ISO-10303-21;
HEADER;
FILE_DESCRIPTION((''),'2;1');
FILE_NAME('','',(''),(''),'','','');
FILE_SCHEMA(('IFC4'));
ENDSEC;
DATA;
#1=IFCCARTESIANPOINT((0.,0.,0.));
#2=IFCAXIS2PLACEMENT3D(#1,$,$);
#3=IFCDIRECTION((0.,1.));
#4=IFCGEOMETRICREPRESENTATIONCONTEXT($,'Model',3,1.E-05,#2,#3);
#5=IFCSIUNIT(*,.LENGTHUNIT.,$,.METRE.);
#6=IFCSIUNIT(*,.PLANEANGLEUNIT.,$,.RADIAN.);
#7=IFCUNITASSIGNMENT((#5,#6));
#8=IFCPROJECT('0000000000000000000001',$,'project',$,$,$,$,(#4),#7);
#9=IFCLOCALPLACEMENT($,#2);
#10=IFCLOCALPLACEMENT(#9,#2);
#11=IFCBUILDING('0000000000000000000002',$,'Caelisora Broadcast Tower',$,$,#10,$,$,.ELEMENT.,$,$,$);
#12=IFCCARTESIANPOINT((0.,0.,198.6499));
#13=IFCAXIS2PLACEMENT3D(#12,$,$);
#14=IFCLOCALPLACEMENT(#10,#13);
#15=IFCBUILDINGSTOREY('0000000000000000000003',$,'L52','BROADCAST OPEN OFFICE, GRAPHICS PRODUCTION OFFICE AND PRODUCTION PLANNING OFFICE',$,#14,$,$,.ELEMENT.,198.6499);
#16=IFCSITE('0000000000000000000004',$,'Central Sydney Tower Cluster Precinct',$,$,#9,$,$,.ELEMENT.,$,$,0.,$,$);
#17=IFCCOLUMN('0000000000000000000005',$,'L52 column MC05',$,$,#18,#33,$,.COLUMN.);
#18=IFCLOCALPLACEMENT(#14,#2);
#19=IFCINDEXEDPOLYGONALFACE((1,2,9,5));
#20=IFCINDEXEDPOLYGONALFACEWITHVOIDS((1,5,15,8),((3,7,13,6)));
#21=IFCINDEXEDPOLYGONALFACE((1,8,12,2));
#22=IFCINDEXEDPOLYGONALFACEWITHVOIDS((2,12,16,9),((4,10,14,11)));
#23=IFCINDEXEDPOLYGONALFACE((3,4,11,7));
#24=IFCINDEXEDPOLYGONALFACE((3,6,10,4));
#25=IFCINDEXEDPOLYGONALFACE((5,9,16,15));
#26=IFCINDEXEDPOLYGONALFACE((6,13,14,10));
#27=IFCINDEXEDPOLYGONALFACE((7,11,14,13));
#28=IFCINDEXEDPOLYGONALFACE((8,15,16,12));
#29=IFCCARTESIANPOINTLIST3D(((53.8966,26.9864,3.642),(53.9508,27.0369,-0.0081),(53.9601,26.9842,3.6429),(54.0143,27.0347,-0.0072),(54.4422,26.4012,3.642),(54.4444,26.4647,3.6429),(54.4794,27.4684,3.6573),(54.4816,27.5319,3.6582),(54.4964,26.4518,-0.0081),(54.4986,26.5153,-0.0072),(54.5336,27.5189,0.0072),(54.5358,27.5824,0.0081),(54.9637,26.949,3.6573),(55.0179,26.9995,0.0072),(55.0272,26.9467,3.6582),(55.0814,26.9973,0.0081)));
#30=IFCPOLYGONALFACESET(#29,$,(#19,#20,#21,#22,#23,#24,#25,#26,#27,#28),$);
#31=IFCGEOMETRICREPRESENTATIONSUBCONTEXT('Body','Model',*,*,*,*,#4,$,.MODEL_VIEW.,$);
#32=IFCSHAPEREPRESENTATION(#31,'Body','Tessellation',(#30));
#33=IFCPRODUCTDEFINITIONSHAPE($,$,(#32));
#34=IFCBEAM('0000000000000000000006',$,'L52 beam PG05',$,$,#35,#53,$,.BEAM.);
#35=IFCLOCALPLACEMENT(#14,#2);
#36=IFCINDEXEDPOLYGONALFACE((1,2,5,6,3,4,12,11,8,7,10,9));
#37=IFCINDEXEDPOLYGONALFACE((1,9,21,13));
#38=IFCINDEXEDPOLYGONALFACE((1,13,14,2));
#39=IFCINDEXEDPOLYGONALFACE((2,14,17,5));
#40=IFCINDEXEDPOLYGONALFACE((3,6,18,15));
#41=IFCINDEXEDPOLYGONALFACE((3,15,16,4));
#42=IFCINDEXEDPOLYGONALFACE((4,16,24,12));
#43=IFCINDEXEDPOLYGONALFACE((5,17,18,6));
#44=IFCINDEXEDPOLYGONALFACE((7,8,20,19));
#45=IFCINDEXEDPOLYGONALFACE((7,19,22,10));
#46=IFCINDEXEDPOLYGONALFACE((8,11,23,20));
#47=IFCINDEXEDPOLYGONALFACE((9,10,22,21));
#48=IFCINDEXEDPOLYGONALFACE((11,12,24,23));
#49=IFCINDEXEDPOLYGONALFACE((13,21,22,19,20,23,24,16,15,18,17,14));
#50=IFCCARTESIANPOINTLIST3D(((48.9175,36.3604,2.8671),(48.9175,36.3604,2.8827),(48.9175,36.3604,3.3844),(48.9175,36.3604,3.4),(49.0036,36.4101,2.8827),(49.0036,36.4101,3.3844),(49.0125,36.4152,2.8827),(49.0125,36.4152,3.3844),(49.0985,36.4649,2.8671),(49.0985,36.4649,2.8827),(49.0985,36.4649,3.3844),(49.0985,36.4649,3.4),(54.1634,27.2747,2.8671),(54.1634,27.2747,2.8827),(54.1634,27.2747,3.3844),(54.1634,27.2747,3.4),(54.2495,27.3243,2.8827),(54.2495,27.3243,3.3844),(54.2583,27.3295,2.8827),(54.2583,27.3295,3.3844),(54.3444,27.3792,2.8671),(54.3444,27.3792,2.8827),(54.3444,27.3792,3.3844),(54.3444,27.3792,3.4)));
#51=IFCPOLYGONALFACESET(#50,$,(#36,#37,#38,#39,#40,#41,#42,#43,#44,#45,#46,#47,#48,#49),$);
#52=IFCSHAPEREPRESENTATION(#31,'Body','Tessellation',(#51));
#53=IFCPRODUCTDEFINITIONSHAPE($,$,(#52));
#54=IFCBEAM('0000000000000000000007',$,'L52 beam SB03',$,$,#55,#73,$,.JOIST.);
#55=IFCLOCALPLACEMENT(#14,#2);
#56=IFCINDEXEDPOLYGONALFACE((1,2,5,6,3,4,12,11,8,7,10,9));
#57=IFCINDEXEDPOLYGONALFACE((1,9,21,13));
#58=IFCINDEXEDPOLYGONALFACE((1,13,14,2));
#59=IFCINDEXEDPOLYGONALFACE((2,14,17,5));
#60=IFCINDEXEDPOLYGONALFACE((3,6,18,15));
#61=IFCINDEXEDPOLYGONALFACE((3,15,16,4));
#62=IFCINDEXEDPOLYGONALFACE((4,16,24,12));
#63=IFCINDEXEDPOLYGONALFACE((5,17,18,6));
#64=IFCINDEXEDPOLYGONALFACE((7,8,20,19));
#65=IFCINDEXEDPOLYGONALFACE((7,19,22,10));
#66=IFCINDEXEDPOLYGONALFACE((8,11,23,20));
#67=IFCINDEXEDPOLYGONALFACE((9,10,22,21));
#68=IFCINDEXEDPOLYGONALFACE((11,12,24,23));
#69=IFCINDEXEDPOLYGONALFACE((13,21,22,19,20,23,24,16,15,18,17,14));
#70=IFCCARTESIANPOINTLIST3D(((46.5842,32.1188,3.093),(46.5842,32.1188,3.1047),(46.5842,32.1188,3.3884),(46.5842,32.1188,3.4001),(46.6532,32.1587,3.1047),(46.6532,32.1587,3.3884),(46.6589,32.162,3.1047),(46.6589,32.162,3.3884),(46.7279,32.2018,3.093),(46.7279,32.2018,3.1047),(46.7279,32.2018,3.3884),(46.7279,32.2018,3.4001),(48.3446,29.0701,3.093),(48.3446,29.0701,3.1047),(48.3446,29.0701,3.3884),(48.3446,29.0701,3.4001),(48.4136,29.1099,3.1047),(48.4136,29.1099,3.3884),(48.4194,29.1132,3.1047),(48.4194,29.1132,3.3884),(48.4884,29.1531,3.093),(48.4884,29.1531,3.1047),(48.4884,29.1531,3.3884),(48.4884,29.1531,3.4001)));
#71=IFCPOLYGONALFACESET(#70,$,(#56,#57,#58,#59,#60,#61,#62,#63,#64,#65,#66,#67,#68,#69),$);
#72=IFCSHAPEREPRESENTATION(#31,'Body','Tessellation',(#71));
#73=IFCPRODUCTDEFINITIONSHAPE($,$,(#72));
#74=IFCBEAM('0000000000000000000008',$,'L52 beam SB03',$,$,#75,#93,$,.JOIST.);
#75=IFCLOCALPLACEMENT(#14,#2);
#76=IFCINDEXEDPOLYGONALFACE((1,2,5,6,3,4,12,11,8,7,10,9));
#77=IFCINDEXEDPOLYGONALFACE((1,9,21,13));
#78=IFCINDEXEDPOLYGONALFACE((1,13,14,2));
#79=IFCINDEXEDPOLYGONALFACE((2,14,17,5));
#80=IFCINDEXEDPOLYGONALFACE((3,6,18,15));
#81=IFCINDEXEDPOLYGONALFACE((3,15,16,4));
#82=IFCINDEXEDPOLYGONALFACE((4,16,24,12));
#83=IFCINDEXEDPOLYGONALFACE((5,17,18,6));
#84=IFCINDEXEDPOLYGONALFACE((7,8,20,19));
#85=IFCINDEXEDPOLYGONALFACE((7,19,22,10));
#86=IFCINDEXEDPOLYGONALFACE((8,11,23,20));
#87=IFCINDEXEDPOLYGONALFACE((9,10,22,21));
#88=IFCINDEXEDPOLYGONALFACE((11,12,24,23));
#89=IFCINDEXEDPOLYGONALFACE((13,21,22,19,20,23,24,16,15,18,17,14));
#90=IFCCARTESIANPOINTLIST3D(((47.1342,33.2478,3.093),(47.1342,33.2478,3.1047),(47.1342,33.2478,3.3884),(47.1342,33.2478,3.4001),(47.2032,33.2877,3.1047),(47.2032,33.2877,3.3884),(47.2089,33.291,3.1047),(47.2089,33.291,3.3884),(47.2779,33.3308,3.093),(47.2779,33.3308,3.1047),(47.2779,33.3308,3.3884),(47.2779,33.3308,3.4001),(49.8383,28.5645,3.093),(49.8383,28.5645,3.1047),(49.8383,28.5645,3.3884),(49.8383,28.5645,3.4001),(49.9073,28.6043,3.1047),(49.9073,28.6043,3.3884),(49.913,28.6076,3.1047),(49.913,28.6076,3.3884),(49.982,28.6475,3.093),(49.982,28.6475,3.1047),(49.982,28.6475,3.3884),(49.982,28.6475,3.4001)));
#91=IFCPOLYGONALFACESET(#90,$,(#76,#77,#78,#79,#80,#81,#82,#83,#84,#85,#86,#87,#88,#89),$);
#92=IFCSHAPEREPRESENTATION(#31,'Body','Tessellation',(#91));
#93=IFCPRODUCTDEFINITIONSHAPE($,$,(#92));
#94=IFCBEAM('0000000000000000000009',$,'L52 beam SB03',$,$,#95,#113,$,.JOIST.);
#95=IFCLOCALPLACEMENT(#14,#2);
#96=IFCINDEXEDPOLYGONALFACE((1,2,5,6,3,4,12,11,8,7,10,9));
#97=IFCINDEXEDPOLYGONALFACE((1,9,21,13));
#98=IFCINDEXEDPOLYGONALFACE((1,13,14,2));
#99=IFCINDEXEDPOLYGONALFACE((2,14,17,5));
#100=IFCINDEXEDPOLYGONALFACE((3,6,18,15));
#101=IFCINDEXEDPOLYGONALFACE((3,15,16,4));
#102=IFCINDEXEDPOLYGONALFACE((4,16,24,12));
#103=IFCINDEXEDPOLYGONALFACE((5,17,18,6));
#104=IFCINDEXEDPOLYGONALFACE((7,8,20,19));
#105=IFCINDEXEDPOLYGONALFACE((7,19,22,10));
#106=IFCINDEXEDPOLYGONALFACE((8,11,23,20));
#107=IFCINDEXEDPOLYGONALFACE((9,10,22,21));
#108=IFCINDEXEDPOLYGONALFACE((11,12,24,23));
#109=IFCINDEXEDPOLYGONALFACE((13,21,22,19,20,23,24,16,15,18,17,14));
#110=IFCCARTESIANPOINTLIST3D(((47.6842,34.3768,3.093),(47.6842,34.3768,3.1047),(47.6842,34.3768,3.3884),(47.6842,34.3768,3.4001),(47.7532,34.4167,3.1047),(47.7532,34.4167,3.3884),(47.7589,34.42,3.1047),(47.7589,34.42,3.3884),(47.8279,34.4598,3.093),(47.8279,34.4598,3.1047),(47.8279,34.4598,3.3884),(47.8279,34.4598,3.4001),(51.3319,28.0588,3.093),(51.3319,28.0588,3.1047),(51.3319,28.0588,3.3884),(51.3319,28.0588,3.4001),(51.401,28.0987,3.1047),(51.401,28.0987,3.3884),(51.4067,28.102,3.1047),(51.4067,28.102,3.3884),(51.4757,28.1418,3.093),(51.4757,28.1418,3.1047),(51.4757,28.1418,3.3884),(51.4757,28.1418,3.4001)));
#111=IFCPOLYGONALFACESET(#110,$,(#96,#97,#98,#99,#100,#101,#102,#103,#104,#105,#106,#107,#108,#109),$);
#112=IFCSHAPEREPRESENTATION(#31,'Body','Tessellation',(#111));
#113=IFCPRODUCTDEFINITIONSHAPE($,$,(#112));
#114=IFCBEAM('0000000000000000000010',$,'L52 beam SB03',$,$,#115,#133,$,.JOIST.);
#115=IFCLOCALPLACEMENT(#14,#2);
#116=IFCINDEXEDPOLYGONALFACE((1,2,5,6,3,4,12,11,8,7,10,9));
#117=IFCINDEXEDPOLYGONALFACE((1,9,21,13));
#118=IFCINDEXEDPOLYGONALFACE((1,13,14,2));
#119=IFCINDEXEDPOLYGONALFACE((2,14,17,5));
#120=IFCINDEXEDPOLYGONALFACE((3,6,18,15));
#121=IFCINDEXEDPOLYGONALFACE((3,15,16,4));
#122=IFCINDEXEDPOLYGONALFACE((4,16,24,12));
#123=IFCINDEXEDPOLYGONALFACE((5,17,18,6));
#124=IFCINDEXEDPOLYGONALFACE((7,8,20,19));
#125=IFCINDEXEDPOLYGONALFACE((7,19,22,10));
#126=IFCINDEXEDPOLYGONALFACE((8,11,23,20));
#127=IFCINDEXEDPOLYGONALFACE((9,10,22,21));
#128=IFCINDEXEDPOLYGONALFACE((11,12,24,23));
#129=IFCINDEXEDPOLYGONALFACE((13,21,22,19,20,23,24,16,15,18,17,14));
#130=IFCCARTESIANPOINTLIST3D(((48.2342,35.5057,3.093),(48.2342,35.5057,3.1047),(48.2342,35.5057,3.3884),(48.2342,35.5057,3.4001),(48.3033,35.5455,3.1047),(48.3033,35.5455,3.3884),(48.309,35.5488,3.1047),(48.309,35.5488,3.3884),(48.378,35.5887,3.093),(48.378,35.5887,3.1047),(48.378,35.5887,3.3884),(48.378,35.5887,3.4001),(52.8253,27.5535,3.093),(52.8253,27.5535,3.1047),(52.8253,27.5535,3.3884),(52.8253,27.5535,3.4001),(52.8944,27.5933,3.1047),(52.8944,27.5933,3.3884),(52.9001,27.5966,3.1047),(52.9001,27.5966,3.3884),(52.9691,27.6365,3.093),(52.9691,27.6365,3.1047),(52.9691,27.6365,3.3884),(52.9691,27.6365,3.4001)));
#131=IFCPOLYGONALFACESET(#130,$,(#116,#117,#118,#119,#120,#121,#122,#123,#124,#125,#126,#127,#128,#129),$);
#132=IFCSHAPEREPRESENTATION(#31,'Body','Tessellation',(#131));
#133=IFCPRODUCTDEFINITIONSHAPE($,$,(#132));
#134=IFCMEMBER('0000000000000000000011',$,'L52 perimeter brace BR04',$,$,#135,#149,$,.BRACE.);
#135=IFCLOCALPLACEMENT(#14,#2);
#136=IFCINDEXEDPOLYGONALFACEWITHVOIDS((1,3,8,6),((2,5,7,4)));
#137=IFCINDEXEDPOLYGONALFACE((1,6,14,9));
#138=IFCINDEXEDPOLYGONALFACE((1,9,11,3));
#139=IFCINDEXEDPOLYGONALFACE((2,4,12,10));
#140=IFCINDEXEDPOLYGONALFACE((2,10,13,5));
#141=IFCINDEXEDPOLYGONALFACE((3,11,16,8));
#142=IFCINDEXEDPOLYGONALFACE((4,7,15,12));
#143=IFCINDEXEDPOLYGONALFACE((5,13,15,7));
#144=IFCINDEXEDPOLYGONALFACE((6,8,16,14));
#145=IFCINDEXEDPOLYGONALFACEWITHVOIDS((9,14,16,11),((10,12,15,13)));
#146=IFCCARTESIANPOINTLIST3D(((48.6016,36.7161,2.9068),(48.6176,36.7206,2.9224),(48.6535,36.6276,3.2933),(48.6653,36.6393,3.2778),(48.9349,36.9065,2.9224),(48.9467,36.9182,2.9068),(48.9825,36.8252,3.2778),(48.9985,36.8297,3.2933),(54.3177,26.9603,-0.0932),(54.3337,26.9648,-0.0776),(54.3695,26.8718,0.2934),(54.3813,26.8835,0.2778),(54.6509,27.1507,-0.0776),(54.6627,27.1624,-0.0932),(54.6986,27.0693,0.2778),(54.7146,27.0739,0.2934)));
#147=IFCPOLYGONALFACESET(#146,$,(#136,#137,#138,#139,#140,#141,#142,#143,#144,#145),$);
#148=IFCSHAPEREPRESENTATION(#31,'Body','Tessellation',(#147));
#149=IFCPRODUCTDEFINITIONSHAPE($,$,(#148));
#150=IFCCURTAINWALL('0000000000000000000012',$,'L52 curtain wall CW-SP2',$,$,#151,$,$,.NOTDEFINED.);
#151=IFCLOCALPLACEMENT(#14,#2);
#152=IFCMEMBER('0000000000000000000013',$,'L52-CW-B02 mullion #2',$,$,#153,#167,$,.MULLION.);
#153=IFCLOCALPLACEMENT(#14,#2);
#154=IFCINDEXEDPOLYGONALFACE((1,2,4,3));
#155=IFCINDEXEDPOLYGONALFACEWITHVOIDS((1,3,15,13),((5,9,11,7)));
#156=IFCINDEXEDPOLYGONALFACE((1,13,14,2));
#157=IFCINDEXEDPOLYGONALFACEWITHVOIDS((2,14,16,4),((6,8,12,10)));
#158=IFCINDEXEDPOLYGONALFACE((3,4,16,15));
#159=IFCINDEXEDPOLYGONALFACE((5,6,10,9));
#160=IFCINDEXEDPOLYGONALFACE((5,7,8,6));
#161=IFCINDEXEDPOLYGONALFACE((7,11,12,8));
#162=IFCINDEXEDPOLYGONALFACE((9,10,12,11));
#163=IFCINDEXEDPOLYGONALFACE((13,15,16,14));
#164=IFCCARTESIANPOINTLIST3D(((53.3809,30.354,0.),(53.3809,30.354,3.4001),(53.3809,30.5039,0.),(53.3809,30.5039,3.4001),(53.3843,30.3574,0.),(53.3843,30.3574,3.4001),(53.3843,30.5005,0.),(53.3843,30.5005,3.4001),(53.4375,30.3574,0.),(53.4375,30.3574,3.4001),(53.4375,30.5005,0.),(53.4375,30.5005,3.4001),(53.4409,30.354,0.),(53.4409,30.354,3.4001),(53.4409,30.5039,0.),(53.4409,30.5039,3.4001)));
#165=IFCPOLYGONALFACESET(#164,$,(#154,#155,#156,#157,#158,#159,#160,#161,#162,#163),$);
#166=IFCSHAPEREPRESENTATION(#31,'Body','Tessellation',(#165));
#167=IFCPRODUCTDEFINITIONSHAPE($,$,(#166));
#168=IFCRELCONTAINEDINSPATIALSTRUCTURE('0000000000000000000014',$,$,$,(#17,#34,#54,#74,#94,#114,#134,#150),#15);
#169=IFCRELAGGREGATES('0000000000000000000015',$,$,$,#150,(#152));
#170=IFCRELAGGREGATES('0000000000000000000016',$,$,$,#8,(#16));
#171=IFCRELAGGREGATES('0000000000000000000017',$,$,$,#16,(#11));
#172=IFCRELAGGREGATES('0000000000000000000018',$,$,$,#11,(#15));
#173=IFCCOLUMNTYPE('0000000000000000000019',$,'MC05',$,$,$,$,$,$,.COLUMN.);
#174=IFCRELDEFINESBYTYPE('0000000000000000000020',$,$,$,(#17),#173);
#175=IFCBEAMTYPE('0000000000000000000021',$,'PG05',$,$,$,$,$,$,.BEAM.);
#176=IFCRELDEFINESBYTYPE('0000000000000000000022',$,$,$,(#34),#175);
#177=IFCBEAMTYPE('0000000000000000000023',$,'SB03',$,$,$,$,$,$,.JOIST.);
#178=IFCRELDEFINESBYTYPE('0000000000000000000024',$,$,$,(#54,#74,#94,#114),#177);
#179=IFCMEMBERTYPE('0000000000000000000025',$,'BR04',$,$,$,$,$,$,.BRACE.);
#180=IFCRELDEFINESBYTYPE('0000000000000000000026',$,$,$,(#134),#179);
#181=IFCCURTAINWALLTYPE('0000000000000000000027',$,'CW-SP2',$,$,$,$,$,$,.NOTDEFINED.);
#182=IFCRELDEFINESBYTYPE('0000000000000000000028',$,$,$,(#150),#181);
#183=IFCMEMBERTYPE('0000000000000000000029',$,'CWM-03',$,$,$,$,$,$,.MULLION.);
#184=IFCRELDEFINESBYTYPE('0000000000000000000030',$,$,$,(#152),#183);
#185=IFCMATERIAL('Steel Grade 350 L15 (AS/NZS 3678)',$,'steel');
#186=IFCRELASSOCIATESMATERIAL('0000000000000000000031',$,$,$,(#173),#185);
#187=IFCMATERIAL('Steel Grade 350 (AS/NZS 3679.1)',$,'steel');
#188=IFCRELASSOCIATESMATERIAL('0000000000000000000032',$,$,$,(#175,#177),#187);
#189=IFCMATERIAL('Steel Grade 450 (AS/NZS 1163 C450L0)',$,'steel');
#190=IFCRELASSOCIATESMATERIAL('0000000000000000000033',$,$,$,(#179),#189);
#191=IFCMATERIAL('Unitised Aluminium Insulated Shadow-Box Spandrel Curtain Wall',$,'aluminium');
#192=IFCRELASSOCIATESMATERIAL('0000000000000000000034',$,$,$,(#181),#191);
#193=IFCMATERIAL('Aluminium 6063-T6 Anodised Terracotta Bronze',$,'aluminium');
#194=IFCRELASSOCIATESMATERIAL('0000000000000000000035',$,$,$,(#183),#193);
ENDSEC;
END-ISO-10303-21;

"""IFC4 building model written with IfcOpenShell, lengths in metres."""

from ifc_helpers import new_model, si_unit, direction, frame, origin, origin_2d, place, context, subcontext, project, spatial, hollow_rectangle, i_section, extrude, source, transform, mapped, material, material_profile, profile_set, type_object, type_shapes, element, aggregate, save


model = new_model("IFC4")

# Units and contexts
model_context = context("Model", 3, precision=1e-05, world=origin(), true_north=direction((0.0, 1.0)))
body_context = subcontext(model_context, "Body", "Model", "MODEL_VIEW")
ifc_project = project(units=[si_unit("LENGTHUNIT", "METRE"), si_unit("PLANEANGLEUNIT", "RADIAN")], contexts=[model_context])

# Site, building, storey
site_placement = place(None, origin())
site = spatial("IfcSite", under=ifc_project, at=site_placement, Name="Central Sydney Tower Cluster Precinct", CompositionType="ELEMENT", RefElevation=0.0)
building_placement = place(site_placement, origin())
building = spatial("IfcBuilding", under=site, at=building_placement, Name="Caelisora Broadcast Tower", CompositionType="ELEMENT")
storey_placement = place(building_placement, frame((0.0, 0.0, 198.6499)))
storey = spatial("IfcBuildingStorey", under=building, at=storey_placement, Name="L52", Description="BROADCAST OPEN OFFICE, GRAPHICS PRODUCTION OFFICE AND PRODUCTION PLANNING OFFICE", CompositionType="ELEMENT", Elevation=198.6499)

# Column
ifc_material_1 = material(Name="Steel Grade 350 L15 (AS/NZS 3678)", Category="steel")
ifc_material_profile_1 = material_profile(ifc_material_1, hollow_rectangle(XDim=0.8, YDim=0.8, WallThickness=0.0449, at=origin_2d()), Name="Steel Grade 350 L15 (AS/NZS 3678)")
ifc_profile_set_1 = profile_set([ifc_material_profile_1], Name="Steel Grade 350 L15 (AS/NZS 3678)")
column_type = type_object("IfcColumnType", Name="MC05", PredefinedType="COLUMN", material=ifc_profile_set_1)
shared_shape_1 = source(origin(), body_context, "Body", "SweptSolid", [
    extrude(hollow_rectangle(XDim=0.8, YDim=0.8, WallThickness=0.0449, at=origin_2d()), origin(), (0.0, 0.0, 1.0), 3.6509),
])
type_shapes(column_type, [shared_shape_1])
column_placement = place(storey_placement, frame((54.5161, 27.0171, 0.0), z_axis=(-0.014845, -0.013842, 0.999794), x_axis=(0.681966, -0.731384, 0.0)))
element("IfcColumn", 1, at=column_placement, inside=storey, type_object=column_type, Name="L52 column MC05", PredefinedType="COLUMN", context=body_context, shape_type="MappedRepresentation", body=[
    mapped(shared_shape_1, transform((0.0, 0.0, 0.0), scale=1.0)),
])

# Beams
ifc_material_2 = material(Name="Steel Grade 350 (AS/NZS 3679.1)", Category="steel")
ifc_material_profile_2 = material_profile(ifc_material_2, i_section(OverallWidth=0.209, OverallDepth=0.533, WebThickness=0.0103, FlangeThickness=0.0156, at=origin_2d()), Name="Steel Grade 350 (AS/NZS 3679.1)")
ifc_profile_set_2 = profile_set([ifc_material_profile_2], Name="Steel Grade 350 (AS/NZS 3679.1)")
beam_type_1 = type_object("IfcBeamType", Name="PG05", PredefinedType="BEAM", material=ifc_profile_set_2)
shared_shape_2 = source(origin(), body_context, "Body", "SweptSolid", [
    extrude(i_section(OverallWidth=0.209, OverallDepth=0.533, WebThickness=0.0103, FlangeThickness=0.0156, at=origin_2d()), origin(), (0.0, 0.0, 1.0), 10.4915),
])
type_shapes(beam_type_1, [shared_shape_2])
beam_1_placement = place(storey_placement, frame((54.2539, 27.3269, 3.1335), z_axis=(-0.500016, 0.866016, 0.0), x_axis=(-0.866016, -0.500016, 0.0)))
element("IfcBeam", 2, at=beam_1_placement, inside=storey, type_object=beam_type_1, Name="L52 beam PG05", PredefinedType="BEAM", context=body_context, shape_type="MappedRepresentation", body=[
    mapped(shared_shape_2, transform((0.0, 0.0, 0.0), scale=1.0)),
])
ifc_material_profile_3 = material_profile(ifc_material_2, i_section(OverallWidth=0.166, OverallDepth=0.3071, WebThickness=0.0066, FlangeThickness=0.0117, at=origin_2d()), Name="Steel Grade 350 (AS/NZS 3679.1)")
ifc_profile_set_3 = profile_set([ifc_material_profile_3], Name="Steel Grade 350 (AS/NZS 3679.1)")
beam_type_2 = type_object("IfcBeamType", Name="SB03", PredefinedType="JOIST", material=ifc_profile_set_3)
shared_shape_3 = source(origin(), body_context, "Body", "SweptSolid", [
    extrude(i_section(OverallWidth=0.166, OverallDepth=0.3071, WebThickness=0.0066, FlangeThickness=0.0117, at=origin_2d()), origin(), (0.0, 0.0, 1.0), 3.5205),
])
beam_2_placement = place(storey_placement, frame((48.4165, 29.1116, 3.2466), z_axis=(-0.500055, 0.865994, 0.0), x_axis=(-0.865994, -0.500055, 0.0)))
element("IfcBeam", 3, at=beam_2_placement, inside=storey, type_object=beam_type_2, Name="L52 beam SB03", PredefinedType="JOIST", context=body_context, shape_type="MappedRepresentation", body=[
    mapped(shared_shape_3, transform((0.0, 0.0, 0.0), scale=1.0)),
])
shared_shape_4 = source(origin(), body_context, "Body", "SweptSolid", [
    extrude(i_section(OverallWidth=0.166, OverallDepth=0.3071, WebThickness=0.0066, FlangeThickness=0.0117, at=origin_2d()), origin(), (0.0, 0.0, 1.0), 5.408),
])
beam_3_placement = place(storey_placement, frame((49.9102, 28.606, 3.2466), z_axis=(-0.500023, 0.866012, 0.0), x_axis=(-0.866012, -0.500023, 0.0)))
element("IfcBeam", 4, at=beam_3_placement, inside=storey, type_object=beam_type_2, Name="L52 beam SB03", PredefinedType="JOIST", context=body_context, shape_type="MappedRepresentation", body=[
    mapped(shared_shape_4, transform((0.0, 0.0, 0.0), scale=1.0)),
])
shared_shape_5 = source(origin(), body_context, "Body", "SweptSolid", [
    extrude(i_section(OverallWidth=0.166, OverallDepth=0.3071, WebThickness=0.0066, FlangeThickness=0.0117, at=origin_2d()), origin(), (0.0, 0.0, 1.0), 7.2954),
])
beam_4_placement = place(storey_placement, frame((51.4038, 28.1003, 3.2466), z_axis=(-0.500008, 0.866021, 0.0), x_axis=(-0.866021, -0.500008, 0.0)))
element("IfcBeam", 5, at=beam_4_placement, inside=storey, type_object=beam_type_2, Name="L52 beam SB03", PredefinedType="JOIST", context=body_context, shape_type="MappedRepresentation", body=[
    mapped(shared_shape_5, transform((0.0, 0.0, 0.0), scale=1.0)),
])
shared_shape_6 = source(origin(), body_context, "Body", "SweptSolid", [
    extrude(i_section(OverallWidth=0.166, OverallDepth=0.3071, WebThickness=0.0066, FlangeThickness=0.0117, at=origin_2d()), origin(), (0.0, 0.0, 1.0), 9.1824),
])
type_shapes(beam_type_2, [shared_shape_3, shared_shape_4, shared_shape_5, shared_shape_6])
beam_5_placement = place(storey_placement, frame((52.8972, 27.595, 3.2466), z_axis=(-0.499991, 0.866031, 0.0), x_axis=(-0.866031, -0.499991, 0.0)))
element("IfcBeam", 6, at=beam_5_placement, inside=storey, type_object=beam_type_2, Name="L52 beam SB03", PredefinedType="JOIST", context=body_context, shape_type="MappedRepresentation", body=[
    mapped(shared_shape_6, transform((0.0, 0.0, 0.0), scale=1.0)),
])

# Member
ifc_material_3 = material(Name="Steel Grade 450 (AS/NZS 1163 C450L0)", Category="steel")
ifc_material_profile_4 = material_profile(ifc_material_3, hollow_rectangle(XDim=0.3999, YDim=0.3999, WallThickness=0.0161, at=origin_2d()), Name="Steel Grade 450 (AS/NZS 1163 C450L0)")
ifc_profile_set_4 = profile_set([ifc_material_profile_4], Name="Steel Grade 450 (AS/NZS 1163 C450L0)")
member_type_1 = type_object("IfcMemberType", Name="BR04", PredefinedType="BRACE", material=ifc_profile_set_4)
shared_shape_7 = source(origin(), body_context, "Body", "SweptSolid", [
    extrude(hollow_rectangle(XDim=0.3999, YDim=0.3999, WallThickness=0.0161, at=origin_2d()), origin(), (0.0, 0.0, 1.0), 11.6982),
])
type_shapes(member_type_1, [shared_shape_7])
member_1_placement = place(storey_placement, frame((54.5161, 27.0171, 0.1001), z_axis=(-0.488624, 0.833955, 0.256448), x_axis=(-0.862809, -0.505529, 0.0)))
element("IfcMember", 7, at=member_1_placement, inside=storey, type_object=member_type_1, Name="L52 perimeter brace BR04", PredefinedType="BRACE", context=body_context, shape_type="MappedRepresentation", body=[
    mapped(shared_shape_7, transform((0.0, 0.0, 0.0), scale=1.0)),
])

# Curtain wall, member
ifc_material_4 = material(Name="Unitised Aluminium Insulated Shadow-Box Spandrel Curtain Wall", Category="aluminium")
curtain_wall_type_1 = type_object("IfcCurtainWallType", Name="CW-SP2", PredefinedType="NOTDEFINED", material=ifc_material_4)
curtain_wall_1_placement = place(storey_placement, origin())
curtain_wall_1 = element("IfcCurtainWall", 8, at=curtain_wall_1_placement, inside=storey, type_object=curtain_wall_type_1, Name="L52 curtain wall CW-SP2", PredefinedType="NOTDEFINED")
ifc_material_5 = material(Name="Aluminium 6063-T6 Anodised Terracotta Bronze", Category="aluminium")
ifc_material_profile_5 = material_profile(ifc_material_5, hollow_rectangle(XDim=0.0601, YDim=0.1499, WallThickness=0.0034, at=origin_2d()), Name="Aluminium 6063-T6 Anodised Terracotta Bronze")
ifc_profile_set_5 = profile_set([ifc_material_profile_5], Name="Aluminium 6063-T6 Anodised Terracotta Bronze")
member_type_2 = type_object("IfcMemberType", Name="CWM-03", PredefinedType="MULLION", material=ifc_profile_set_5)
shared_shape_8 = source(origin(), body_context, "Body", "SweptSolid", [
    extrude(hollow_rectangle(XDim=0.0601, YDim=0.1499, WallThickness=0.0034, at=origin_2d()), origin(), (0.0, 0.0, 1.0), 3.4001),
])
type_shapes(member_type_2, [shared_shape_8])
member_2_placement = place(storey_placement, frame((53.4109, 30.429, 0.0), z_axis=(0.0, 0.0, 1.0), x_axis=(1.0, 0.0, 0.0)))
member_2 = element("IfcMember", 9, at=member_2_placement, type_object=member_type_2, Name="L52-CW-B02 mullion #2", PredefinedType="MULLION", context=body_context, shape_type="MappedRepresentation", body=[
    mapped(shared_shape_8, transform((0.0, 0.0, 0.0), scale=1.0)),
])

aggregate(curtain_wall_1, [member_2])

save(model, "model.ifc")
